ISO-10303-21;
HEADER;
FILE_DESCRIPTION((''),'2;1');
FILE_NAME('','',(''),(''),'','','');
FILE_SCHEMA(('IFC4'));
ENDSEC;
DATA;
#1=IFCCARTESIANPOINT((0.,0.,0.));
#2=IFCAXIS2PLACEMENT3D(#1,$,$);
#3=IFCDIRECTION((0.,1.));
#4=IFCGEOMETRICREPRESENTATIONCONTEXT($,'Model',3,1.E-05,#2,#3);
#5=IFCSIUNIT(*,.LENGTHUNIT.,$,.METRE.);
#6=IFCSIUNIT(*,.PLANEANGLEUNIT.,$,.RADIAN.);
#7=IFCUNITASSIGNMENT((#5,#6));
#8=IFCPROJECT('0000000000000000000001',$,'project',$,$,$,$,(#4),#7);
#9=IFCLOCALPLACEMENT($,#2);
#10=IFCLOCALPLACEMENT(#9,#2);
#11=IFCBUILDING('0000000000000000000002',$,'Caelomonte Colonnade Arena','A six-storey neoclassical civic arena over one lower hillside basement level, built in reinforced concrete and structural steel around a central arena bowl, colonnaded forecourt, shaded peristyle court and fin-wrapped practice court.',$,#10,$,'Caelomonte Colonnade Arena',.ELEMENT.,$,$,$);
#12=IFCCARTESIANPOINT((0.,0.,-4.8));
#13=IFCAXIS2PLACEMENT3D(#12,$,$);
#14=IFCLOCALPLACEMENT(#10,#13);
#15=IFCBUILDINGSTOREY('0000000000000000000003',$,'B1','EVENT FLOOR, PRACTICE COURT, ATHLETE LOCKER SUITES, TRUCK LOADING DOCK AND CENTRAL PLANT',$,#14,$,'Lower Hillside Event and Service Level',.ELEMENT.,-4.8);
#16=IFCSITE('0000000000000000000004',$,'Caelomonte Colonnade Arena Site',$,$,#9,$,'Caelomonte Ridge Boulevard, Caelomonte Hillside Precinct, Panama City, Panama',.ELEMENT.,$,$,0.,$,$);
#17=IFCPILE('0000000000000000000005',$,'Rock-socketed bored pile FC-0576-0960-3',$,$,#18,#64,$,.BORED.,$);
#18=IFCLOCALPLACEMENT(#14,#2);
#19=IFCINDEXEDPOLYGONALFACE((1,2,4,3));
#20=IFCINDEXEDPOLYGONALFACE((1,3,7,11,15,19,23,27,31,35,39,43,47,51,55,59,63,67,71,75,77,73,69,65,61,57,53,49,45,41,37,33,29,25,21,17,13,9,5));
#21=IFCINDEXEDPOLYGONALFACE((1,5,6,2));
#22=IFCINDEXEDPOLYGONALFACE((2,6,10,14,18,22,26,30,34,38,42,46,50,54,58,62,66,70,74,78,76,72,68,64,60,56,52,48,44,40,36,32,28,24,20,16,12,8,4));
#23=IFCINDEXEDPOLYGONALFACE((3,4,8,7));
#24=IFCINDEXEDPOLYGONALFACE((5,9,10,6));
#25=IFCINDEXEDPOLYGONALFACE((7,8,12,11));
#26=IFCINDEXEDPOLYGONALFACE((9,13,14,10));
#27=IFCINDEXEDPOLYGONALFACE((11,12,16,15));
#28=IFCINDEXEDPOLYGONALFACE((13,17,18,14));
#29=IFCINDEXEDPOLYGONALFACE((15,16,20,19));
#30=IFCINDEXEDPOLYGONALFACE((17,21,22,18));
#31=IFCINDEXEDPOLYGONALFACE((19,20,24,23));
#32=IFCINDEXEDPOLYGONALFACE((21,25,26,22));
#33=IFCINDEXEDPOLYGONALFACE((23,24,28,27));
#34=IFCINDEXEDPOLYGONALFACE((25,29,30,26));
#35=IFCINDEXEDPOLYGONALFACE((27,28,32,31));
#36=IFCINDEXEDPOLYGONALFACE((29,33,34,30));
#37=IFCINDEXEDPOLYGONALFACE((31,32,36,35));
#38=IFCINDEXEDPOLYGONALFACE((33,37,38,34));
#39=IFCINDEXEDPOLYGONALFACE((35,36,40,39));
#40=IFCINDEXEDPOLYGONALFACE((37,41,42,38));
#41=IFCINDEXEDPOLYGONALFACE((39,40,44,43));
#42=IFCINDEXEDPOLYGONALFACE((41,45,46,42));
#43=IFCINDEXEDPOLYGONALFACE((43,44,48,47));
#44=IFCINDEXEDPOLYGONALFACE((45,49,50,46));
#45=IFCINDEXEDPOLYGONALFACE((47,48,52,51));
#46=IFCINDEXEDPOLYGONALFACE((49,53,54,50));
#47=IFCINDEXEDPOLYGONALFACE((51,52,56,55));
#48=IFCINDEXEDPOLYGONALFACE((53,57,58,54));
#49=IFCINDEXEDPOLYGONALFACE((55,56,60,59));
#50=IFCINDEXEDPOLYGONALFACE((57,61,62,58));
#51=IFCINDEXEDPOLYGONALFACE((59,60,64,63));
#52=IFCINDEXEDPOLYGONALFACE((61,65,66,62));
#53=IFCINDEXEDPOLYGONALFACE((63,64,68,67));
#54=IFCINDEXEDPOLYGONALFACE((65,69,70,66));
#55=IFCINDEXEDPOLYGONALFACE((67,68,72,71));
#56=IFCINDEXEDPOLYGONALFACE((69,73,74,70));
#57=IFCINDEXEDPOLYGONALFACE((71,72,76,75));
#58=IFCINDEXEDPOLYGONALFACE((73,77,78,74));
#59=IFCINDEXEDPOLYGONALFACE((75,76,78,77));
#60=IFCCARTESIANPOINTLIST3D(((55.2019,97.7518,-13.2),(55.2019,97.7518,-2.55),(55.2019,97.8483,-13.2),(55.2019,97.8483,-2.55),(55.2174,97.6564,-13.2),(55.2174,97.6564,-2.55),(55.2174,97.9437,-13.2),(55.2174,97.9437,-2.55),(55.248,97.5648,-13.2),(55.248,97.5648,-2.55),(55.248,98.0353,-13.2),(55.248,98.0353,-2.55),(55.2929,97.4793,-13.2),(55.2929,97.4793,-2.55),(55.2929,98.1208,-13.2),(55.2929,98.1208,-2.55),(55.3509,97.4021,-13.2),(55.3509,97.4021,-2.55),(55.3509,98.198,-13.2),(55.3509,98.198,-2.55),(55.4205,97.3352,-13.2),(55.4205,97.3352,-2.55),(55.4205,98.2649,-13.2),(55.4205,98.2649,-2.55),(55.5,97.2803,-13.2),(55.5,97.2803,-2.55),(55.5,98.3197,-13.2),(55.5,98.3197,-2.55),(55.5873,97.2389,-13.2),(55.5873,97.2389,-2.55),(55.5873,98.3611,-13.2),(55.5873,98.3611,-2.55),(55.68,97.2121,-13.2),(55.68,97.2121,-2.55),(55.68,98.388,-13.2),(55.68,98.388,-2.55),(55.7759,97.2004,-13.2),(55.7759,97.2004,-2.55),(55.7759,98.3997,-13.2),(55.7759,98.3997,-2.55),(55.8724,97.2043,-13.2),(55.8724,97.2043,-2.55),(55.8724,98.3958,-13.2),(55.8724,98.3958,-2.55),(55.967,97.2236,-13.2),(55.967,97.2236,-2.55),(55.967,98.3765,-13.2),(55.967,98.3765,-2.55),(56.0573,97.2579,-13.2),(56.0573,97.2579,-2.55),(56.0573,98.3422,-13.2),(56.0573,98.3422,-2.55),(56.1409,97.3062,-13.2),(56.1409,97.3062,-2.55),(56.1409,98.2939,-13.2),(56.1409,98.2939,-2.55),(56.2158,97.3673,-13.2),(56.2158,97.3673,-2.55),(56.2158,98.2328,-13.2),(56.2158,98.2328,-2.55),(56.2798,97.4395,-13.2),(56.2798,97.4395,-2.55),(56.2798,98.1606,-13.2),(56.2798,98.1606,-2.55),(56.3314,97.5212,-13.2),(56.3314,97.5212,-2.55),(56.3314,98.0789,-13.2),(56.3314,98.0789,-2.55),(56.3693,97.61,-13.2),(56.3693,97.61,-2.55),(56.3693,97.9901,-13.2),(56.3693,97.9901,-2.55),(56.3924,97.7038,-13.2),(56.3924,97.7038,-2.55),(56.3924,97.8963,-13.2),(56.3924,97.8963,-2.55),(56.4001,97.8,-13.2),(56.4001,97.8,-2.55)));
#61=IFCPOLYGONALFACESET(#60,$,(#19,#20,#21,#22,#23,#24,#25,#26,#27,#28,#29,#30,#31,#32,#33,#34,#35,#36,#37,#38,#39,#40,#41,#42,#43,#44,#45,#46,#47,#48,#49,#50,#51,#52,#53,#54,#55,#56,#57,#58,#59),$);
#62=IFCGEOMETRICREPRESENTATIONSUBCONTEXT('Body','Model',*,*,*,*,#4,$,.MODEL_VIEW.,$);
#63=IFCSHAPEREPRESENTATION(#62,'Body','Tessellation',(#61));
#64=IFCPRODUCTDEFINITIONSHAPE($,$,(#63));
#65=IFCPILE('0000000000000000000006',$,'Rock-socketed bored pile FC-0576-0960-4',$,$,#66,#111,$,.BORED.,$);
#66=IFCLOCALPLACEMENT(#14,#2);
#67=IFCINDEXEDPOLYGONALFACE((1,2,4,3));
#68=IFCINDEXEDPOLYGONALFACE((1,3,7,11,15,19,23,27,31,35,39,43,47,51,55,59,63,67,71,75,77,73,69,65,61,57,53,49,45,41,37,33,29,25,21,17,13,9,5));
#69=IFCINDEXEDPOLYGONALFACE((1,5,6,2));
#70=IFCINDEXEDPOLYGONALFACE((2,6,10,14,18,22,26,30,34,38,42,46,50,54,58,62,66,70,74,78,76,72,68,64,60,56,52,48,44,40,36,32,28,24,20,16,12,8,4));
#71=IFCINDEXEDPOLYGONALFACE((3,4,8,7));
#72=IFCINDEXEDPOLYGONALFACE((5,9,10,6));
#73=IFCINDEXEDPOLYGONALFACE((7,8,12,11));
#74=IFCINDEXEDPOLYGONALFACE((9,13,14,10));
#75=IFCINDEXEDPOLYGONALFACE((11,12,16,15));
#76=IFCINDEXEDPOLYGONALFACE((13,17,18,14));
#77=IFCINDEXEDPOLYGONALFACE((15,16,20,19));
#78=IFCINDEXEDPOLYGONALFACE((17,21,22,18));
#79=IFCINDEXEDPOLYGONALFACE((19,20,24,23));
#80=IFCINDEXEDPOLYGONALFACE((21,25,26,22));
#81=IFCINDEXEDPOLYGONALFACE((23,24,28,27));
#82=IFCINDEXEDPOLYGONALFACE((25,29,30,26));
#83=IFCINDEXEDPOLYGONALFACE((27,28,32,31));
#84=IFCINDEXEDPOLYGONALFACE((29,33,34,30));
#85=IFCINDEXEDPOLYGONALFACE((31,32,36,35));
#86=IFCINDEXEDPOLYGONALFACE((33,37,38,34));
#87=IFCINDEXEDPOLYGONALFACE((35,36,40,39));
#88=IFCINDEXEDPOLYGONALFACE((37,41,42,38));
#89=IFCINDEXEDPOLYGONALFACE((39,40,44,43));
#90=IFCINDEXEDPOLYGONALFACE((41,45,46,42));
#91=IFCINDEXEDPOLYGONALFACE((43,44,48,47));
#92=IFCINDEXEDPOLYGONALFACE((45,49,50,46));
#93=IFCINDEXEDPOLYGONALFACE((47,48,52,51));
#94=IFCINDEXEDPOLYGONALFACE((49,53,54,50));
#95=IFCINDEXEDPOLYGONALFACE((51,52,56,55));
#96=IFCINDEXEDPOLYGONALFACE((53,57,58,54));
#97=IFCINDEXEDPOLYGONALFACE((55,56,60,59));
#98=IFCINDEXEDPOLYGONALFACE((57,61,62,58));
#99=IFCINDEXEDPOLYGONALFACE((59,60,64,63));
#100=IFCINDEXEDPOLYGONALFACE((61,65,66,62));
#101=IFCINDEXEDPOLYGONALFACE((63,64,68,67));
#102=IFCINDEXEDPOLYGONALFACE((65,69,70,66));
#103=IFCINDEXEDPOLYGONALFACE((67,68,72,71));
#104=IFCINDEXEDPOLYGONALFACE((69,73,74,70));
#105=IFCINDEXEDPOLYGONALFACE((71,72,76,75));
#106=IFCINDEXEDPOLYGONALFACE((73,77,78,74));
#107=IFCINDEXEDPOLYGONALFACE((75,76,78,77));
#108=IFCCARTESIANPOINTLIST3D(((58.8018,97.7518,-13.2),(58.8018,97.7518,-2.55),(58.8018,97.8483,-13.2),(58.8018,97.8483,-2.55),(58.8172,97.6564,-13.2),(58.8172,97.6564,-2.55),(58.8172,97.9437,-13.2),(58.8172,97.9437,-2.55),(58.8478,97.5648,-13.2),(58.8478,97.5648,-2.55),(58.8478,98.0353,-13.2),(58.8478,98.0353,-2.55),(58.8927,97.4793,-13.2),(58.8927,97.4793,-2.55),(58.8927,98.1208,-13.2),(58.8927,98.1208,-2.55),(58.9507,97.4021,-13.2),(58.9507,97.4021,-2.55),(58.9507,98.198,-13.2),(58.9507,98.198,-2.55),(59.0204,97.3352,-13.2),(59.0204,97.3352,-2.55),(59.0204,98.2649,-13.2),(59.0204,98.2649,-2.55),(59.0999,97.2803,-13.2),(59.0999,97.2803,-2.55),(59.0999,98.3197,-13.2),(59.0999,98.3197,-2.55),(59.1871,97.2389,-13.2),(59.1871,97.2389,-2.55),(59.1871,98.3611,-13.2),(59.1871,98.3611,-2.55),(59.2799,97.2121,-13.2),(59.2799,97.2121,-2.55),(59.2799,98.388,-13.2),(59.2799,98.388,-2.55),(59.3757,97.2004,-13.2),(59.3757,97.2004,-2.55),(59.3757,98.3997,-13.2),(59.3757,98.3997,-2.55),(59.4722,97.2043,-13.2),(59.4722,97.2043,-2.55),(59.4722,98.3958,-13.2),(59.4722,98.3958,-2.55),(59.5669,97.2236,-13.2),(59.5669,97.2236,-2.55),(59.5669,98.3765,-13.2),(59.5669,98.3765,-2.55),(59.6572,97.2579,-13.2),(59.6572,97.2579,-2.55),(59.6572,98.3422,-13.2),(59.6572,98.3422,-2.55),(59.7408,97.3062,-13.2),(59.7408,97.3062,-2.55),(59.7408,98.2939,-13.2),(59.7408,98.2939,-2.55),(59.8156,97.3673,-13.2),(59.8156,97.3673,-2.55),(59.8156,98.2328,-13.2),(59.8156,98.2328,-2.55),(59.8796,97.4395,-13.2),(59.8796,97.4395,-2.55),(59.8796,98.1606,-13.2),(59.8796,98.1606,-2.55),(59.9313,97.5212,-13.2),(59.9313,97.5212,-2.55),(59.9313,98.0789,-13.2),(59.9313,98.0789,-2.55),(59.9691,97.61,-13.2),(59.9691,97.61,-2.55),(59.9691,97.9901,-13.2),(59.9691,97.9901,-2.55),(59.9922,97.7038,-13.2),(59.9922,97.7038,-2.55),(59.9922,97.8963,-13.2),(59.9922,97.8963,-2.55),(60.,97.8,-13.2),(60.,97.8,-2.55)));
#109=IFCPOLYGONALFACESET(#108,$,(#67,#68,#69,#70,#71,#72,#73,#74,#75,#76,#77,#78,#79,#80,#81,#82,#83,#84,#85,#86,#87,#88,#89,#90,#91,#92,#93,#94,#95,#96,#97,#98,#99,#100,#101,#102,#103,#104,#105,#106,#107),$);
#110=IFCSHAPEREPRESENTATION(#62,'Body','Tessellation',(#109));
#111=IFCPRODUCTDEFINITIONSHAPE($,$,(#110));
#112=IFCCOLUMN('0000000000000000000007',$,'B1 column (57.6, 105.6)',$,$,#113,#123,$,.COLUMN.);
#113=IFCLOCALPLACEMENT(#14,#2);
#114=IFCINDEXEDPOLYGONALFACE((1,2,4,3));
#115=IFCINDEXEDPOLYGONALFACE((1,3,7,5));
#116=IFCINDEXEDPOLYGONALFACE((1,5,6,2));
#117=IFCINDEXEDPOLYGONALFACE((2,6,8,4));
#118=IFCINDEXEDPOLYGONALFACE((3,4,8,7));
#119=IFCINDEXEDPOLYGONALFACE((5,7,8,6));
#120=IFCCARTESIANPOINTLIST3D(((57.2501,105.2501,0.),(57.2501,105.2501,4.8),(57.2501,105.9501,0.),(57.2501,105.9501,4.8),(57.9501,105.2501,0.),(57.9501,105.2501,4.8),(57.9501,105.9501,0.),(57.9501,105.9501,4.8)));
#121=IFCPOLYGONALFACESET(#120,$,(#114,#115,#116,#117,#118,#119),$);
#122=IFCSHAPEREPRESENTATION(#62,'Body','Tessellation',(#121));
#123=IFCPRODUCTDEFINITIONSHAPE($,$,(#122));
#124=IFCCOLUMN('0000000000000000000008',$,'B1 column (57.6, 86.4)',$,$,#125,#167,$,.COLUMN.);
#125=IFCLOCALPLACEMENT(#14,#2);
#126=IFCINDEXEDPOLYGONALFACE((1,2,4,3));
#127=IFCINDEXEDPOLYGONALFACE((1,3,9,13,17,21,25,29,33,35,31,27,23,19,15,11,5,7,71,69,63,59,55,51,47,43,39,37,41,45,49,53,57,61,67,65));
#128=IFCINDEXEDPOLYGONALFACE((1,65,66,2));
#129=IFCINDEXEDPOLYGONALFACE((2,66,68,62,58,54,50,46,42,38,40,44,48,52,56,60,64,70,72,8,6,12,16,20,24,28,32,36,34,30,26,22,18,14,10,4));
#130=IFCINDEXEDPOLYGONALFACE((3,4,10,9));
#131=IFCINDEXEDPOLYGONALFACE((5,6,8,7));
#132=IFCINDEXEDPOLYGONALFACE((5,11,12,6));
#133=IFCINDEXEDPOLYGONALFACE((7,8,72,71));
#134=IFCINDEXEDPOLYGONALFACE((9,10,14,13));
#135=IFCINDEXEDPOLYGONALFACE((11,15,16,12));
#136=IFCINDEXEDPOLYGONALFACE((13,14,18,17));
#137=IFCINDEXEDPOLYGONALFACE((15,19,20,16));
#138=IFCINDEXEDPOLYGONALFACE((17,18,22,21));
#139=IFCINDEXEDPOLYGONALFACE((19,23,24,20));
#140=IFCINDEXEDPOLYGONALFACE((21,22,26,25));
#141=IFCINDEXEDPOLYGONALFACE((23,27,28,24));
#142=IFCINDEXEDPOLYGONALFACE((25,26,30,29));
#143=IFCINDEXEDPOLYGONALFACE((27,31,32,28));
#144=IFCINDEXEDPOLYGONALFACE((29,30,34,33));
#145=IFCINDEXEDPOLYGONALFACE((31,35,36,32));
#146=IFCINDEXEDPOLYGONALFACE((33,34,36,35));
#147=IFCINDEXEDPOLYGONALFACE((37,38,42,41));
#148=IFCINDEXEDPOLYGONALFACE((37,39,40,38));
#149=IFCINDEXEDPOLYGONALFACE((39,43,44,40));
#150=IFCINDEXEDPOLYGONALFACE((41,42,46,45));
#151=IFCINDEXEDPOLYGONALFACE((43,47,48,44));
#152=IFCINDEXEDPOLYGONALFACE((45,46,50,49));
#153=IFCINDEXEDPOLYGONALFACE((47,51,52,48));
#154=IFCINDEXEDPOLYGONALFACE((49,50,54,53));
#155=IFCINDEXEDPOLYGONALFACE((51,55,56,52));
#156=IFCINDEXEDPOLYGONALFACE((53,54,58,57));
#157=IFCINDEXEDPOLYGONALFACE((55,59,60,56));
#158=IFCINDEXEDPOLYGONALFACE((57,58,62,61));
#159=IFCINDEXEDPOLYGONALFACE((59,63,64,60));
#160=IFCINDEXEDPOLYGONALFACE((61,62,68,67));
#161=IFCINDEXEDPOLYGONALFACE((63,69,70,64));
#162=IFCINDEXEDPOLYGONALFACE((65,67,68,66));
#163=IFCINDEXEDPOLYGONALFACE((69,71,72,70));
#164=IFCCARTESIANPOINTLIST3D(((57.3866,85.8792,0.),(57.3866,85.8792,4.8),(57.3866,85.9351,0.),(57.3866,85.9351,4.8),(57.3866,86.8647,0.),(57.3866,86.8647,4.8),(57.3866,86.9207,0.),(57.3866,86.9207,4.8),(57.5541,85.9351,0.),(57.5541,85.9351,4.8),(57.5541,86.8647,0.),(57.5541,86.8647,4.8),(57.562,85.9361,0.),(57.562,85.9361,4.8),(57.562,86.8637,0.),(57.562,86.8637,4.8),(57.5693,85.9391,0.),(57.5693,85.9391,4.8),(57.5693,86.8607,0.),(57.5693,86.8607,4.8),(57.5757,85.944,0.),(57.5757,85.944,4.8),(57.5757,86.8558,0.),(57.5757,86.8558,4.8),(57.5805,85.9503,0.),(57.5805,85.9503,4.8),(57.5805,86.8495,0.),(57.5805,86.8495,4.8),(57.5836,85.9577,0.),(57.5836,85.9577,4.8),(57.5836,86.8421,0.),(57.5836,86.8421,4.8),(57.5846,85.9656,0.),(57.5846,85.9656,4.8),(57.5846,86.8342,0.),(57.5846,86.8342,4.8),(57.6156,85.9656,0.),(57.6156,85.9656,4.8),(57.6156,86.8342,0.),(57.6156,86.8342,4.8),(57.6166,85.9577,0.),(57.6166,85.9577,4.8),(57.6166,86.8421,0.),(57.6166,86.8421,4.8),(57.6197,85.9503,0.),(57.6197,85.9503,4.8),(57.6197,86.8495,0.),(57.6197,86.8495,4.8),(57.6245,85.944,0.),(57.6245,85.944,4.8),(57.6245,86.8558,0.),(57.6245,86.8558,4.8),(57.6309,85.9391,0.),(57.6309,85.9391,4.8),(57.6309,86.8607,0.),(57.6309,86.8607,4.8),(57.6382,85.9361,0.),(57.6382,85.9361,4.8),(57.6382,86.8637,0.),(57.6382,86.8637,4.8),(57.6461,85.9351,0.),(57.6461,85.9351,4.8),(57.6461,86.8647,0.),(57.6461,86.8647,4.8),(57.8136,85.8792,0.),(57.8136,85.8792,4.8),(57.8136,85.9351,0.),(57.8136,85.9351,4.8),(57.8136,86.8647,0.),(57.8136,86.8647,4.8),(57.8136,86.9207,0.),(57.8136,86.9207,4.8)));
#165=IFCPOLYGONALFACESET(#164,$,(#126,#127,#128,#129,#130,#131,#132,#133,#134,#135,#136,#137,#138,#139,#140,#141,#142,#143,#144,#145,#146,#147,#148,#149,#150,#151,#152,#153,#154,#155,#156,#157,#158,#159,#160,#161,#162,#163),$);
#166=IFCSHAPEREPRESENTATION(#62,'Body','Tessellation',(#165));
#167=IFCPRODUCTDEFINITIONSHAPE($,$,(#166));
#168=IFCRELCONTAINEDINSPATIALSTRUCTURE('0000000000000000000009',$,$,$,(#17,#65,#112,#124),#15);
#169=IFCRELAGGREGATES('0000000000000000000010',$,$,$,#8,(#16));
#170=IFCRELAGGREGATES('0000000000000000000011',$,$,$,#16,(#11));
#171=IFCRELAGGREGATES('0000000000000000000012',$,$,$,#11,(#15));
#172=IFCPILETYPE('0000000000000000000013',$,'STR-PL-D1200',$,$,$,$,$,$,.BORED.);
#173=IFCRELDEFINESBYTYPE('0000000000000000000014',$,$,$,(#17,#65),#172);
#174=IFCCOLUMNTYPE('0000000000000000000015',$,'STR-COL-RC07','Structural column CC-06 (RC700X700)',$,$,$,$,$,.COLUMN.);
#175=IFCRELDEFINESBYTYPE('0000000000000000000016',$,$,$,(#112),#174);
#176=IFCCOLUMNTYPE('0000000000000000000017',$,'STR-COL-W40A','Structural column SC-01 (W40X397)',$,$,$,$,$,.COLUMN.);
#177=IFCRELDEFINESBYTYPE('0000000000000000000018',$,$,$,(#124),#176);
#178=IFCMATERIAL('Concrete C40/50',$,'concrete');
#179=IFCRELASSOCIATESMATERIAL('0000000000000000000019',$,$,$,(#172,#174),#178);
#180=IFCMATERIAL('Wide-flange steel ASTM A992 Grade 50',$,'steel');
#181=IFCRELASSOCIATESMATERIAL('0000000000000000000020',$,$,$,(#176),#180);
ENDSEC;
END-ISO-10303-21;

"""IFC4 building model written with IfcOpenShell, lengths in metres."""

from ifc_helpers import new_model, si_unit, direction, frame, origin, origin_2d, place, context, subcontext, project, spatial, rectangle, circle, i_section, extrude, material, material_profile, profile_set, type_object, element, save


model = new_model("IFC4")

# Units and contexts
model_context = context("Model", 3, precision=1e-05, world=origin(), true_north=direction((0.0, 1.0)))
body_context = subcontext(model_context, "Body", "Model", "MODEL_VIEW")
ifc_project = project(units=[si_unit("LENGTHUNIT", "METRE"), si_unit("PLANEANGLEUNIT", "RADIAN")], contexts=[model_context])

# Site, building, storey
site_placement = place(None, origin())
site = spatial("IfcSite", under=ifc_project, at=site_placement, Name="Caelomonte Colonnade Arena Site", LongName="Caelomonte Ridge Boulevard, Caelomonte Hillside Precinct, Panama City, Panama", CompositionType="ELEMENT", RefElevation=0.0)
building_placement = place(site_placement, origin())
building = spatial("IfcBuilding", under=site, at=building_placement, Name="Caelomonte Colonnade Arena", Description="A six-storey neoclassical civic arena over one lower hillside basement level, built in reinforced concrete and structural steel around a central arena bowl, colonnaded forecourt, shaded peristyle court and fin-wrapped practice court.", LongName="Caelomonte Colonnade Arena", CompositionType="ELEMENT")
storey_placement = place(building_placement, frame((0.0, 0.0, -4.8)))
storey = spatial("IfcBuildingStorey", under=building, at=storey_placement, Name="B1", Description="EVENT FLOOR, PRACTICE COURT, ATHLETE LOCKER SUITES, TRUCK LOADING DOCK AND CENTRAL PLANT", LongName="Lower Hillside Event and Service Level", CompositionType="ELEMENT", Elevation=-4.8)

# Shared definitions
ifc_material_1 = material(Name="Concrete C40/50", Category="concrete")

# Piles
ifc_material_profile_1 = material_profile(ifc_material_1, circle(Radius=0.6001, at=origin_2d()), Name="PILE-D1200")
ifc_profile_set_1 = profile_set([ifc_material_profile_1], Name="Concrete C40/50")
pile_type_1 = type_object("IfcPileType", Name="STR-PL-D1200", PredefinedType="BORED", material=ifc_profile_set_1)
for number, where, z_axis, x_axis, name in (
    (1, (55.8, 97.8, -2.55), (0.0, 0.0, -1.0), (1.0, 0.0, 0.0), "Rock-socketed bored pile FC-0576-0960-3"),
    (2, (59.3999, 97.8, -2.55), (0.0, 0.0, -1.0), (1.0, 0.0, 0.0), "Rock-socketed bored pile FC-0576-0960-4"),
):
    element("IfcPile", number, at=place(storey_placement, frame(where, z_axis=z_axis, x_axis=x_axis)), inside=storey, type_object=pile_type_1, Name=name, PredefinedType="BORED", context=body_context, shape_type="SweptSolid", body=[
        extrude(circle(Radius=0.6001, at=origin_2d()), origin(), (0.0, 0.0, 1.0), 10.6499),
    ])

# Columns
ifc_material_profile_2 = material_profile(ifc_material_1, rectangle(XDim=0.7, YDim=0.7, at=origin_2d()), Name="RC700X700")
ifc_profile_set_2 = profile_set([ifc_material_profile_2], Name="Concrete C40/50")
column_type_1 = type_object("IfcColumnType", Name="STR-COL-RC07", Description="Structural column CC-06 (RC700X700)", PredefinedType="COLUMN", material=ifc_profile_set_2)
column_placement = place(storey_placement, frame((57.6001, 105.6001, 0.0), z_axis=(0.0, 0.0, 1.0), x_axis=(1.0, 0.0, 0.0)))
element("IfcColumn", 3, at=column_placement, inside=storey, type_object=column_type_1, Name="B1 column (57.6, 105.6)", PredefinedType="COLUMN", context=body_context, shape_type="SweptSolid", body=[
    extrude(rectangle(XDim=0.7, YDim=0.7, at=origin_2d()), origin(), (0.0, 0.0, 1.0), 4.8),
])
ifc_material_2 = material(Name="Wide-flange steel ASTM A992 Grade 50", Category="steel")
ifc_material_profile_3 = material_profile(ifc_material_2, i_section(OverallWidth=0.427, OverallDepth=1.0415, WebThickness=0.031, FlangeThickness=0.0559, FilletRadius=0.0305, at=origin_2d()), Name="W40X397")
ifc_profile_set_3 = profile_set([ifc_material_profile_3], Name="Wide-flange steel ASTM A992 Grade 50")
column_type_2 = type_object("IfcColumnType", Name="STR-COL-W40A", Description="Structural column SC-01 (W40X397)", PredefinedType="COLUMN", material=ifc_profile_set_3)
for number, where, z_axis, x_axis, name in (
    (4, (57.6001, 86.3999, 0.0), (0.0, 0.0, 1.0), (1.0, 0.0, 0.0), "B1 column (57.6, 86.4)"),
):
    element("IfcColumn", number, at=place(storey_placement, frame(where, z_axis=z_axis, x_axis=x_axis)), inside=storey, type_object=column_type_2, Name=name, PredefinedType="COLUMN", context=body_context, shape_type="SweptSolid", body=[
        extrude(i_section(OverallWidth=0.427, OverallDepth=1.0415, WebThickness=0.031, FlangeThickness=0.0559, FilletRadius=0.0305, at=origin_2d()), origin(), (0.0, 0.0, 1.0), 4.8),
    ])

save(model, "model.ifc")
